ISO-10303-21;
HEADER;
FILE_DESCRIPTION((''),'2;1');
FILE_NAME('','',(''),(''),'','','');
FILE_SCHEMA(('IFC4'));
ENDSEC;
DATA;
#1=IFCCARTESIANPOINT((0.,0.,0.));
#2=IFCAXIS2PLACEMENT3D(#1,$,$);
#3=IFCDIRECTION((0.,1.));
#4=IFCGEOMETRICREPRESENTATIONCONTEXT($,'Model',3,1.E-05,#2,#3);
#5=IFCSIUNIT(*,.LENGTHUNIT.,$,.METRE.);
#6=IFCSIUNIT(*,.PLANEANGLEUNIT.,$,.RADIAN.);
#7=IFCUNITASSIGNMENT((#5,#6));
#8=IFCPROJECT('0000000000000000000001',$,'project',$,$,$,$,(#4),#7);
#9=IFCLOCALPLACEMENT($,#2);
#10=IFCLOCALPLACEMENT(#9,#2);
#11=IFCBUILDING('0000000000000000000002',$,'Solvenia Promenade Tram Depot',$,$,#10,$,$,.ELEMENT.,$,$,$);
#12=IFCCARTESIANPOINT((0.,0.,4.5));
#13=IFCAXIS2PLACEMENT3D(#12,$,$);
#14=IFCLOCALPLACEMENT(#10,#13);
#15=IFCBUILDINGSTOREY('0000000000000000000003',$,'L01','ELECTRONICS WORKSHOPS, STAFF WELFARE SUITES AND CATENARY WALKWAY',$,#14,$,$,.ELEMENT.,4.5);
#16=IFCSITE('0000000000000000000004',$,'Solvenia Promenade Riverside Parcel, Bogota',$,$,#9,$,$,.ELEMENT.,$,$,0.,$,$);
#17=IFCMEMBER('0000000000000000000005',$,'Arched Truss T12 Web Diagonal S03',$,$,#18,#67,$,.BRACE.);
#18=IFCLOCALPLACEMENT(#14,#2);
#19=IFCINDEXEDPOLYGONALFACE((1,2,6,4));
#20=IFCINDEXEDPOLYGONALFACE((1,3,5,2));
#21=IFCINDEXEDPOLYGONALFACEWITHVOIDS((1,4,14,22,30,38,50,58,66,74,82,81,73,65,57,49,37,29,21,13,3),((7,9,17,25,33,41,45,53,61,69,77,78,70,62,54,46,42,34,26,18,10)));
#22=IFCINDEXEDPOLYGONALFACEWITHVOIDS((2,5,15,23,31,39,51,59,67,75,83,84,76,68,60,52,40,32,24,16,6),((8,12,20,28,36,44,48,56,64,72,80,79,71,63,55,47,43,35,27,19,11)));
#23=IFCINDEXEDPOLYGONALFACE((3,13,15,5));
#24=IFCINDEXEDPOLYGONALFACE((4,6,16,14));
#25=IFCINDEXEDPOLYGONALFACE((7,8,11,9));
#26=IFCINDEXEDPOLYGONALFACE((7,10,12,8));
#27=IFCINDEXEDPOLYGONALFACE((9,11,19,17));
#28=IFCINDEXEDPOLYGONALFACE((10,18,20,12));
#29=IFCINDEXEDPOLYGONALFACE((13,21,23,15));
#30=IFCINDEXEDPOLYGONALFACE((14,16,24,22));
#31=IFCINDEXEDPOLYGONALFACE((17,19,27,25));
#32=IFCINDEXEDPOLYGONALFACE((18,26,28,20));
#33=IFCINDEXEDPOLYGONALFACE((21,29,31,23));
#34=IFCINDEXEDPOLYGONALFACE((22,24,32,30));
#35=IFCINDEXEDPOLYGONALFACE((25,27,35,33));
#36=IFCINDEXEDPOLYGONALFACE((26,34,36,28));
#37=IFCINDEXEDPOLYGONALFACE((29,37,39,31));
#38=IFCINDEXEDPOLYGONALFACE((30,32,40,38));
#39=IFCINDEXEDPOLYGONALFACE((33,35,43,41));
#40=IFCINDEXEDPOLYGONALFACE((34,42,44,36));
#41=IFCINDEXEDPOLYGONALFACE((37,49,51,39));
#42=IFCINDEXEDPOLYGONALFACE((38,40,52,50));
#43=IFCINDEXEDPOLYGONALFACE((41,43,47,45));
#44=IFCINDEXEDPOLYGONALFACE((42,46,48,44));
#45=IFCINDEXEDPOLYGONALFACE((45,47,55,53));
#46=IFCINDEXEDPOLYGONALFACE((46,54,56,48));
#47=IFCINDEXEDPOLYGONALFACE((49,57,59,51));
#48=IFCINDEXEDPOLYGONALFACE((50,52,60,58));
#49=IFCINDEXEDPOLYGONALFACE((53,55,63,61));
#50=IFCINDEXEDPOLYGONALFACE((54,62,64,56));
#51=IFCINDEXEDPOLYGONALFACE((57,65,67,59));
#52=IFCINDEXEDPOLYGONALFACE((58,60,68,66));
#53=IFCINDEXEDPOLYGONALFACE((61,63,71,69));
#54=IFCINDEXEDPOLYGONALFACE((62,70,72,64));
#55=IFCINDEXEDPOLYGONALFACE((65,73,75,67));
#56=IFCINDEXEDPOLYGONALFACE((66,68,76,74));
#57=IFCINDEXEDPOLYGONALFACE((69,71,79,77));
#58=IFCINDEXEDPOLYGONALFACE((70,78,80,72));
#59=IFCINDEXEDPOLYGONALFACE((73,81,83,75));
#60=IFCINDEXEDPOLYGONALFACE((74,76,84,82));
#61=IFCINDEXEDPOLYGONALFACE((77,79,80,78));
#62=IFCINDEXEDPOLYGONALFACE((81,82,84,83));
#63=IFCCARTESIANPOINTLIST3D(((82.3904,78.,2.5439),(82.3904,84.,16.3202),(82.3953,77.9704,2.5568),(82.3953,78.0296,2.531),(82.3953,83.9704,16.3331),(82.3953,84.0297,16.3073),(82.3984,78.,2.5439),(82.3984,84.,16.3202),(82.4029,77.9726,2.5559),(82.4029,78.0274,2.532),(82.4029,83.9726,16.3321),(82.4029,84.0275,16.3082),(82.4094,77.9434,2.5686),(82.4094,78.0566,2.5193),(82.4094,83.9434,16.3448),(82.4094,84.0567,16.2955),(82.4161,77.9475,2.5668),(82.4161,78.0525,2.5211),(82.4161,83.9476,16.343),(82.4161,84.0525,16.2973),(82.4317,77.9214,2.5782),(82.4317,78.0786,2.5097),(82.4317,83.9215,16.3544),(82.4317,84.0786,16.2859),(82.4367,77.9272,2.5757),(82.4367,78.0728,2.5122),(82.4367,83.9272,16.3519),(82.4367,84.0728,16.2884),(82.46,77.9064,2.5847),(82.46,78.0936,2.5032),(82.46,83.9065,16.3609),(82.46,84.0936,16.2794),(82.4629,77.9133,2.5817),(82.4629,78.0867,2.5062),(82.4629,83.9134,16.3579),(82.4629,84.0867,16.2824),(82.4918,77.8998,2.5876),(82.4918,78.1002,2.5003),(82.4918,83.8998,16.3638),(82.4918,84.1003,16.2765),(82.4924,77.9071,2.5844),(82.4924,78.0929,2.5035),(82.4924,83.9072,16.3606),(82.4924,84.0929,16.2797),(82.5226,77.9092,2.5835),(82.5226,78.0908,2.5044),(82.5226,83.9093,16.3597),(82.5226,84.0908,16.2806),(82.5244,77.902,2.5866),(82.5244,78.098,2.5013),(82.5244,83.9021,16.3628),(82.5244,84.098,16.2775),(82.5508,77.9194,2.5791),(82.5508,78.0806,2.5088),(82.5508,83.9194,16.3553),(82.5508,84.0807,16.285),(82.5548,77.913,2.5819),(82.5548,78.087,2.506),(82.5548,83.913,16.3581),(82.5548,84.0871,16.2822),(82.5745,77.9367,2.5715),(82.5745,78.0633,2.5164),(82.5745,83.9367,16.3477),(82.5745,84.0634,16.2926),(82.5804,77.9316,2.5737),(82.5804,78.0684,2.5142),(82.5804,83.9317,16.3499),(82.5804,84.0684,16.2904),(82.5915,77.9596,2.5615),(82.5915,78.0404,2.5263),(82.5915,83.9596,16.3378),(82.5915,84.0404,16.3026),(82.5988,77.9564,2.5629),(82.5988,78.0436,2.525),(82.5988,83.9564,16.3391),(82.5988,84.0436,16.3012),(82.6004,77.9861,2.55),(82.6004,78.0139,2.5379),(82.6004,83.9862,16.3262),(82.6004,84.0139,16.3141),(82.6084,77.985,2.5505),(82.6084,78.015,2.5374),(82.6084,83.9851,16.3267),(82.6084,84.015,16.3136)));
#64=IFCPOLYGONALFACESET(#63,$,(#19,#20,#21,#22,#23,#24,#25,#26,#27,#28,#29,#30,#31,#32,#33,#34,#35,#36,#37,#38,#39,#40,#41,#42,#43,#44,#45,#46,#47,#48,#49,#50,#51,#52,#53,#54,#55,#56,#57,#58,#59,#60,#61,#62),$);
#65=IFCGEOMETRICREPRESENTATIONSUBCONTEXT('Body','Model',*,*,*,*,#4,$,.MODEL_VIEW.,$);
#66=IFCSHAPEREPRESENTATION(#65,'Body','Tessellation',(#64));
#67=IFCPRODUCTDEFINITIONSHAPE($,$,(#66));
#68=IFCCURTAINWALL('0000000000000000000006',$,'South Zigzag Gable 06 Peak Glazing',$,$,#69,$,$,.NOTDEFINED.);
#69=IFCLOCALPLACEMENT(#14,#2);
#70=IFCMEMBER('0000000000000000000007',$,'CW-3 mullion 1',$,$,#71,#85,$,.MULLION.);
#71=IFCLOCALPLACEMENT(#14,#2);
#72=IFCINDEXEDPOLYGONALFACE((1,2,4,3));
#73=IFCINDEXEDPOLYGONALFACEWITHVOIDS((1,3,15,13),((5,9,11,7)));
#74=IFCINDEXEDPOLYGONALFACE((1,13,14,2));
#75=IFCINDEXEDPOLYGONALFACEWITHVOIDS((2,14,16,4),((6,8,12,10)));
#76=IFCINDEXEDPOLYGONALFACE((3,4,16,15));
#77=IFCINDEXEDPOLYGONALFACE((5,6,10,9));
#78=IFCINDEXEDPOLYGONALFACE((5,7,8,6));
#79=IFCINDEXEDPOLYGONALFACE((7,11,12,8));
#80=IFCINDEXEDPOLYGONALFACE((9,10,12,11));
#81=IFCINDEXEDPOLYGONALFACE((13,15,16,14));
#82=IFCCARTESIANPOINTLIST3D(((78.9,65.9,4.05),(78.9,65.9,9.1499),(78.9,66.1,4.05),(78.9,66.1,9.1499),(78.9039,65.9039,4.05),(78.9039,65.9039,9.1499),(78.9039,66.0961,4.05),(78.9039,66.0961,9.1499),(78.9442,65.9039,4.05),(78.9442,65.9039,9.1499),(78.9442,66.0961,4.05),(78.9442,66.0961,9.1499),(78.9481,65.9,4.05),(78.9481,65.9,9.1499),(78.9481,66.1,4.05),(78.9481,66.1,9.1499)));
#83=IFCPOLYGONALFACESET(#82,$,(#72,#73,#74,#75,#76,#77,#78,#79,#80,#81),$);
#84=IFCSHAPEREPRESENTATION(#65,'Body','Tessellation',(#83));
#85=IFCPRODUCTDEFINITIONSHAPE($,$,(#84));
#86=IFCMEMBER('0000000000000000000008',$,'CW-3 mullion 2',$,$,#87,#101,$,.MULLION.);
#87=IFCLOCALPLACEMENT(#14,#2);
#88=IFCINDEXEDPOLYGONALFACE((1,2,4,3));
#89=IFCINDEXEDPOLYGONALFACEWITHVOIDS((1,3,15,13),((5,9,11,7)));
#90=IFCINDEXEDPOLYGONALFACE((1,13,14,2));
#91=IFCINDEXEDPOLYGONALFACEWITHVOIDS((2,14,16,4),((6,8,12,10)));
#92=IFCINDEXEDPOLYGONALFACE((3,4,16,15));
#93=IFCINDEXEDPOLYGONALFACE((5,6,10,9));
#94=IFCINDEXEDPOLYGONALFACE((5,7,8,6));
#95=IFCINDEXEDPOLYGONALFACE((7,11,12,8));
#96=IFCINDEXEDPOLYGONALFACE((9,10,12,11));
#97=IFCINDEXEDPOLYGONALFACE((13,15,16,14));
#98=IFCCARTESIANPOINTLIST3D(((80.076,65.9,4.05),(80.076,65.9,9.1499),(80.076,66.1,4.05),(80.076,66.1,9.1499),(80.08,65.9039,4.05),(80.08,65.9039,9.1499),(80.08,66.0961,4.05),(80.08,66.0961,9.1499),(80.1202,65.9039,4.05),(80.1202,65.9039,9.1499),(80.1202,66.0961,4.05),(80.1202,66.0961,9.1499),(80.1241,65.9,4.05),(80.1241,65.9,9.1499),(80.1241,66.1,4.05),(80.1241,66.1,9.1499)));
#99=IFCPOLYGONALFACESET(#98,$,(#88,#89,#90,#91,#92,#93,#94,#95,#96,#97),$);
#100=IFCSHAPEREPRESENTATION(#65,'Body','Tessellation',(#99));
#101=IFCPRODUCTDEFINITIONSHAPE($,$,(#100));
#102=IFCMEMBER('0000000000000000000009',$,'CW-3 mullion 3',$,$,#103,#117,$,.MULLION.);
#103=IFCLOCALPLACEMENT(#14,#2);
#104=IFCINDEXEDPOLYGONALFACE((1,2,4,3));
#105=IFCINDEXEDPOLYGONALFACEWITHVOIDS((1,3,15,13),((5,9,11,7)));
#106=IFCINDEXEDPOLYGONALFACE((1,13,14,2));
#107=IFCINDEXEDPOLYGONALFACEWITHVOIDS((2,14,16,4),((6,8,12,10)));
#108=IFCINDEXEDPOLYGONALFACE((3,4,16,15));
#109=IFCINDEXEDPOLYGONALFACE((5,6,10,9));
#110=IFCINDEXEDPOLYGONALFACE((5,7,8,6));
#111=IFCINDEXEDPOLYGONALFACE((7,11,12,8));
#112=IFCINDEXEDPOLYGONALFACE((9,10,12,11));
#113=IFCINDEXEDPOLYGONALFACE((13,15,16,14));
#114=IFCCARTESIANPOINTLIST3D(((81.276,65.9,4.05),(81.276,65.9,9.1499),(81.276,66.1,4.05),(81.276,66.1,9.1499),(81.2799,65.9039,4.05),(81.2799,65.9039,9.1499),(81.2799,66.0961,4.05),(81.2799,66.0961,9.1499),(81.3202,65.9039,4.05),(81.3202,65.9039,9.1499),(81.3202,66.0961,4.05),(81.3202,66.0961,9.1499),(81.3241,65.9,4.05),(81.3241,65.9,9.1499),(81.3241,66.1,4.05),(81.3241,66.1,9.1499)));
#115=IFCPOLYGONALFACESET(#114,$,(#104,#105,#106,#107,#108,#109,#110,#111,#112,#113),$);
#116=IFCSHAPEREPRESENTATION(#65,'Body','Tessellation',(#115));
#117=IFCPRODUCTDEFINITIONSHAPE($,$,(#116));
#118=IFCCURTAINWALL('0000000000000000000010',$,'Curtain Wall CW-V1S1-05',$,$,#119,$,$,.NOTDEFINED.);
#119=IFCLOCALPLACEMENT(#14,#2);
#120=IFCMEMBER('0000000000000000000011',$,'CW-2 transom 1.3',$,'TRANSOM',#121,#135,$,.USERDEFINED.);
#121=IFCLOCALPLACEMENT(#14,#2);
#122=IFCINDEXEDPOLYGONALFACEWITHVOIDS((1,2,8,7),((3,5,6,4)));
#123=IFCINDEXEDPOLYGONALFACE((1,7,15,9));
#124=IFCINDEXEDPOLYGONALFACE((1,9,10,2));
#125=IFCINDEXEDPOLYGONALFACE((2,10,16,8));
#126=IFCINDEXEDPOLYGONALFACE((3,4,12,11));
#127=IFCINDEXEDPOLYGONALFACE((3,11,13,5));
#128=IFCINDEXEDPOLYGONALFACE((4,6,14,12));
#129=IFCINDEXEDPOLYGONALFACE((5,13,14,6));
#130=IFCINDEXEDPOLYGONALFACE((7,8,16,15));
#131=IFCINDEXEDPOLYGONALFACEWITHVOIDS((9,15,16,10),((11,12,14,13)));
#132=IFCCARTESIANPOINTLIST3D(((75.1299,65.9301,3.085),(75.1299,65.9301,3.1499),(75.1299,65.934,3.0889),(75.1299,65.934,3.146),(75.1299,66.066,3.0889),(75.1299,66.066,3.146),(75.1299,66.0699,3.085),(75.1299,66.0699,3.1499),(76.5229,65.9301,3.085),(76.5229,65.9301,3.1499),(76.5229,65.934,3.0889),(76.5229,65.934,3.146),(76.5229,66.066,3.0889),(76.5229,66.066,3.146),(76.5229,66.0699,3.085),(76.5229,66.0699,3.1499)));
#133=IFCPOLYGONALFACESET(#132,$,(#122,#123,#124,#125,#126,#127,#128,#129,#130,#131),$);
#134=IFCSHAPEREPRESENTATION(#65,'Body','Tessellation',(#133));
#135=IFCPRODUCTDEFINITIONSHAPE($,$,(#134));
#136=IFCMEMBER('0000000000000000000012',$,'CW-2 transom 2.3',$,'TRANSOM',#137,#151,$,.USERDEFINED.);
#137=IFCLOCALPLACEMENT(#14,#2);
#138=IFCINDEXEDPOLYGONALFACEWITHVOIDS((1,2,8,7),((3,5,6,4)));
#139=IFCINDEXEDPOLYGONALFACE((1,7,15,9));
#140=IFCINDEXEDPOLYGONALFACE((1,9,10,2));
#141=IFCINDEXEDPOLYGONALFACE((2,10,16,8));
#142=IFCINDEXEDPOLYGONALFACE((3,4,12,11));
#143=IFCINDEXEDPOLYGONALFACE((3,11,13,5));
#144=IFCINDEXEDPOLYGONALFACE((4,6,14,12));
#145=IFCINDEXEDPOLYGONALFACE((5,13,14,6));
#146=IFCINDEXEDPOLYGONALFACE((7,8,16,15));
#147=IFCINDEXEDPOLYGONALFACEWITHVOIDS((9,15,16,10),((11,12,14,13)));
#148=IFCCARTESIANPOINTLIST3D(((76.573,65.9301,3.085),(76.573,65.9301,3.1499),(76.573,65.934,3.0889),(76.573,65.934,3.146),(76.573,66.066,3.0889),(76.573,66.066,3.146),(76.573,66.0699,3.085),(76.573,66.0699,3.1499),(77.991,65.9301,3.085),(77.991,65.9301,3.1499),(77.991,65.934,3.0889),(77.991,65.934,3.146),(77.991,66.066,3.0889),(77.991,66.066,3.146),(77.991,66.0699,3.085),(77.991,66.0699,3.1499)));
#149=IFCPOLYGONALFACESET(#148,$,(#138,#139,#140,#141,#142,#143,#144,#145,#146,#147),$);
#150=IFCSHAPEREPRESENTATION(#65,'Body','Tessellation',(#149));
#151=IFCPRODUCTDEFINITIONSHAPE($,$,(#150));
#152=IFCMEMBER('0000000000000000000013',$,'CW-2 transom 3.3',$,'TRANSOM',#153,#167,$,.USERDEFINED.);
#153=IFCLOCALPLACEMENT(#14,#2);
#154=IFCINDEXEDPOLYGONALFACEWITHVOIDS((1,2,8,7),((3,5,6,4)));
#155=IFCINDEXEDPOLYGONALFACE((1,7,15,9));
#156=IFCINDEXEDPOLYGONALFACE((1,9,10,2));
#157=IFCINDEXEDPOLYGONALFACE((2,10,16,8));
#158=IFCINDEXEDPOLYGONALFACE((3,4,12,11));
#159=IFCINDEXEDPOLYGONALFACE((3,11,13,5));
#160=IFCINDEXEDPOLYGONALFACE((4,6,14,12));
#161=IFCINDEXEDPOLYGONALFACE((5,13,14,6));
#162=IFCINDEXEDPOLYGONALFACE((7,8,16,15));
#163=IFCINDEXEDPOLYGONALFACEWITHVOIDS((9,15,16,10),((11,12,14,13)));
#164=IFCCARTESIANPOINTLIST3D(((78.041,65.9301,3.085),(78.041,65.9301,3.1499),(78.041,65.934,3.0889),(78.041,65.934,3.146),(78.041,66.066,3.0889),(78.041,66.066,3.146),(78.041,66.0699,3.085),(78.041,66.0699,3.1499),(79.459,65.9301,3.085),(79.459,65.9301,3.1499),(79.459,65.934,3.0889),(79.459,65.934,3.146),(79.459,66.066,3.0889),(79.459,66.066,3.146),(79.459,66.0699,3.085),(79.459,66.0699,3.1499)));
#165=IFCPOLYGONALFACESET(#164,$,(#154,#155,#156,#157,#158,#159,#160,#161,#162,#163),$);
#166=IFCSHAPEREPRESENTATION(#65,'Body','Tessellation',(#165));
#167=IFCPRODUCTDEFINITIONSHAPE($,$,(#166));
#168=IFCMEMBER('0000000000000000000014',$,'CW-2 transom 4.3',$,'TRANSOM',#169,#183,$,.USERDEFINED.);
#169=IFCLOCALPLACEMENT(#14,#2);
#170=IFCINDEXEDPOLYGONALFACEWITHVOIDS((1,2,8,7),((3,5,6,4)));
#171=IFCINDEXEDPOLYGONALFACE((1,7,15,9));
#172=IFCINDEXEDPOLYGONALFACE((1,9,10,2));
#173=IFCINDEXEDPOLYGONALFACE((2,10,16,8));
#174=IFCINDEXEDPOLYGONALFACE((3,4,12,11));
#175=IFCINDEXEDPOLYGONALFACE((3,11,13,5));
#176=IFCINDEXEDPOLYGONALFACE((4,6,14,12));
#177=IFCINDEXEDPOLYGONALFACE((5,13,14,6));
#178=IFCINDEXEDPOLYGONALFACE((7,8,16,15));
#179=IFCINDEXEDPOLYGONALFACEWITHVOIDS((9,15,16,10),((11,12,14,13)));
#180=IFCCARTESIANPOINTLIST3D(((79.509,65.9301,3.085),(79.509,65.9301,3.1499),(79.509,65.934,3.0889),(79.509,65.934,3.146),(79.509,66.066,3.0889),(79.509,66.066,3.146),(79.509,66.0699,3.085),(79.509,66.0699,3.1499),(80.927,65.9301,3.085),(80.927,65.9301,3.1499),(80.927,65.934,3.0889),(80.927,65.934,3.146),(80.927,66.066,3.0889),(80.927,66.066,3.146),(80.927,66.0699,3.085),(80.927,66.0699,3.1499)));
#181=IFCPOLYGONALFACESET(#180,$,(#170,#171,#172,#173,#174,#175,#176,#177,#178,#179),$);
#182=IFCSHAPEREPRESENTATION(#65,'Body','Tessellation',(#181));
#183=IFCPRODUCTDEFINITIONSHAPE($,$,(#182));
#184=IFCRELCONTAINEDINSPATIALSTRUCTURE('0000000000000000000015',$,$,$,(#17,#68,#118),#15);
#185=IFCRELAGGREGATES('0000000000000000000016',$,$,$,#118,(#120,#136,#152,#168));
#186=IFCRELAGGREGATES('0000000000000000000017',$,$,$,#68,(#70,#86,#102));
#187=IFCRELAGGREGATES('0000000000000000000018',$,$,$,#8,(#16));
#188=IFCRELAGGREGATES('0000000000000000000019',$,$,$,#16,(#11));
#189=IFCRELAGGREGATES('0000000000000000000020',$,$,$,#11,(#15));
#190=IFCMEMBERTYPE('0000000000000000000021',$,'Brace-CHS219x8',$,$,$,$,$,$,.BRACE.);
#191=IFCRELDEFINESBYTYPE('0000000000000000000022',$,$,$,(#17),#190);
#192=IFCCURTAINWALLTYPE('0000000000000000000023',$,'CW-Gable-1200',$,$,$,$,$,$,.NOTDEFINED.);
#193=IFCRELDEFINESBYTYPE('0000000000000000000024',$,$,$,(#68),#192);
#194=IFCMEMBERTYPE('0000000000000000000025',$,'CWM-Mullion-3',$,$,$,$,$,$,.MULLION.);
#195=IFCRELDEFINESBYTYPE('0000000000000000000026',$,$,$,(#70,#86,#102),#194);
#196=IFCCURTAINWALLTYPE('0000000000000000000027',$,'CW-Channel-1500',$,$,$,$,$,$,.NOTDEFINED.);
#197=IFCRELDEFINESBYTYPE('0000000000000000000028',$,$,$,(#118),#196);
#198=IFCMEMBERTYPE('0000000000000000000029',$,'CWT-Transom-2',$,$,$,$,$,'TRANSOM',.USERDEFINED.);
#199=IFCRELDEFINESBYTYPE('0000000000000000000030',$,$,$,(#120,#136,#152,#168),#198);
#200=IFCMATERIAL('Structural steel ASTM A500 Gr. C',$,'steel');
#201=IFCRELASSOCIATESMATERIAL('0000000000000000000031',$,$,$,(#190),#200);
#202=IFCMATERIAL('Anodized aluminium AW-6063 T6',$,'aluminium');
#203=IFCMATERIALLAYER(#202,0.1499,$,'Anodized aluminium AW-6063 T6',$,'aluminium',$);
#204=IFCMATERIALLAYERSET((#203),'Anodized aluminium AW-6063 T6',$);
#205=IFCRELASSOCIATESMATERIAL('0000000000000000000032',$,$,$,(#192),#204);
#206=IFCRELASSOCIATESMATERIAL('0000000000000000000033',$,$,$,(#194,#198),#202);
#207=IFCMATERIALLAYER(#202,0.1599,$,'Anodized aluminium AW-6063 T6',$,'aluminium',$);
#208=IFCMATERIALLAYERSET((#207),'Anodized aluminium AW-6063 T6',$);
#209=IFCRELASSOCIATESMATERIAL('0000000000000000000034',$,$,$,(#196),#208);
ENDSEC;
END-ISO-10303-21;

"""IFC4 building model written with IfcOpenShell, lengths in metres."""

from ifc_helpers import new_model, si_unit, direction, frame, origin, origin_2d, place, context, subcontext, project, spatial, hollow_rectangle, hollow_circle, extrude, material, layer, layer_set, material_profile, profile_set, type_object, element, aggregate, save


model = new_model("IFC4")

# Units and contexts
model_context = context("Model", 3, precision=1e-05, world=origin(), true_north=direction((0.0, 1.0)))
body_context = subcontext(model_context, "Body", "Model", "MODEL_VIEW")
ifc_project = project(units=[si_unit("LENGTHUNIT", "METRE"), si_unit("PLANEANGLEUNIT", "RADIAN")], contexts=[model_context])

# Site, building, storey
site_placement = place(None, origin())
site = spatial("IfcSite", under=ifc_project, at=site_placement, Name="Solvenia Promenade Riverside Parcel, Bogota", CompositionType="ELEMENT", RefElevation=0.0)
building_placement = place(site_placement, origin())
building = spatial("IfcBuilding", under=site, at=building_placement, Name="Solvenia Promenade Tram Depot", CompositionType="ELEMENT")
storey_placement = place(building_placement, frame((0.0, 0.0, 4.5)))
storey = spatial("IfcBuildingStorey", under=building, at=storey_placement, Name="L01", Description="ELECTRONICS WORKSHOPS, STAFF WELFARE SUITES AND CATENARY WALKWAY", CompositionType="ELEMENT", Elevation=4.5)

# Member
ifc_material_1 = material(Name="Structural steel ASTM A500 Gr. C", Category="steel")
ifc_material_profile_1 = material_profile(ifc_material_1, hollow_circle(Radius=0.1096, WallThickness=0.0081, at=origin_2d()), Name="CHS219.1x8", Category="steel")
ifc_profile_set_1 = profile_set([ifc_material_profile_1], Name="Structural steel ASTM A500 Gr. C")
member_type_1 = type_object("IfcMemberType", Name="Brace-CHS219x8", PredefinedType="BRACE", material=ifc_profile_set_1)
member_1_placement = place(storey_placement, frame((82.5, 78.0, 2.5439), z_axis=(0.0, 0.399307, 0.916817), x_axis=(-1.0, 0.0, 0.0)))
element("IfcMember", 1, at=member_1_placement, inside=storey, type_object=member_type_1, Name="Arched Truss T12 Web Diagonal S03", PredefinedType="BRACE", context=body_context, shape_type="SweptSolid", body=[
    extrude(hollow_circle(Radius=0.1096, WallThickness=0.0081, at=origin_2d()), origin(), (0.0, 0.0, 1.0), 15.0261),
])

# Curtain walls, members
ifc_material_2 = material(Name="Anodized aluminium AW-6063 T6", Category="aluminium")
ifc_layer_1 = layer(ifc_material_2, 0.1499, Name="Anodized aluminium AW-6063 T6", Category="aluminium")
ifc_layer_set_1 = layer_set([ifc_layer_1], Name="Anodized aluminium AW-6063 T6")
curtain_wall_type_1 = type_object("IfcCurtainWallType", Name="CW-Gable-1200", PredefinedType="NOTDEFINED", material=ifc_layer_set_1)
curtain_wall_1_placement = place(storey_placement, origin())
curtain_wall_1 = element("IfcCurtainWall", 2, at=curtain_wall_1_placement, inside=storey, type_object=curtain_wall_type_1, Name="South Zigzag Gable 06 Peak Glazing", PredefinedType="NOTDEFINED")
ifc_material_profile_2 = material_profile(ifc_material_2, hollow_rectangle(XDim=0.2, YDim=0.0481, WallThickness=0.0039, at=origin_2d()), Name="ALU-M3", Category="aluminium")
ifc_profile_set_2 = profile_set([ifc_material_profile_2], Name="Anodized aluminium AW-6063 T6")
member_type_2 = type_object("IfcMemberType", Name="CWM-Mullion-3", PredefinedType="MULLION", material=ifc_profile_set_2)
member_2_placement = place(storey_placement, frame((78.9241, 66.0, 4.05), z_axis=(0.0, 0.0, 1.0), x_axis=(0.0, 1.0, 0.0)))
member_2 = element("IfcMember", 3, at=member_2_placement, type_object=member_type_2, Name="CW-3 mullion 1", PredefinedType="MULLION", context=body_context, shape_type="SweptSolid", body=[
    extrude(hollow_rectangle(XDim=0.2, YDim=0.0481, WallThickness=0.0039, at=origin_2d()), origin(), (0.0, 0.0, 1.0), 5.0999),
])
member_3_placement = place(storey_placement, frame((80.1001, 66.0, 4.05), z_axis=(0.0, 0.0, 1.0), x_axis=(0.0, 1.0, 0.0)))
member_3 = element("IfcMember", 4, at=member_3_placement, type_object=member_type_2, Name="CW-3 mullion 2", PredefinedType="MULLION", context=body_context, shape_type="SweptSolid", body=[
    extrude(hollow_rectangle(XDim=0.2, YDim=0.0481, WallThickness=0.0039, at=origin_2d()), origin(), (0.0, 0.0, 1.0), 5.0999),
])
member_4_placement = place(storey_placement, frame((81.3, 66.0, 4.05), z_axis=(0.0, 0.0, 1.0), x_axis=(0.0, 1.0, 0.0)))
member_4 = element("IfcMember", 5, at=member_4_placement, type_object=member_type_2, Name="CW-3 mullion 3", PredefinedType="MULLION", context=body_context, shape_type="SweptSolid", body=[
    extrude(hollow_rectangle(XDim=0.2, YDim=0.0481, WallThickness=0.0039, at=origin_2d()), origin(), (0.0, 0.0, 1.0), 5.0999),
])
ifc_layer_2 = layer(ifc_material_2, 0.1599, Name="Anodized aluminium AW-6063 T6", Category="aluminium")
ifc_layer_set_2 = layer_set([ifc_layer_2], Name="Anodized aluminium AW-6063 T6")
curtain_wall_type_2 = type_object("IfcCurtainWallType", Name="CW-Channel-1500", PredefinedType="NOTDEFINED", material=ifc_layer_set_2)
curtain_wall_2_placement = place(storey_placement, origin())
curtain_wall_2 = element("IfcCurtainWall", 6, at=curtain_wall_2_placement, inside=storey, type_object=curtain_wall_type_2, Name="Curtain Wall CW-V1S1-05", PredefinedType="NOTDEFINED")
ifc_material_profile_3 = material_profile(ifc_material_2, hollow_rectangle(XDim=0.1399, YDim=0.0649, WallThickness=0.0039, at=origin_2d()), Name="ALU-T2", Category="aluminium")
ifc_profile_set_3 = profile_set([ifc_material_profile_3], Name="Anodized aluminium AW-6063 T6")
member_type_3 = type_object("IfcMemberType", Name="CWT-Transom-2", ElementType="TRANSOM", PredefinedType="USERDEFINED", material=ifc_profile_set_3)
member_5_placement = place(storey_placement, frame((75.1299, 66.0, 3.1174), z_axis=(1.0, 0.0, 0.0), x_axis=(0.0, 1.0, 0.0)))
member_5 = element("IfcMember", 7, at=member_5_placement, type_object=member_type_3, Name="CW-2 transom 1.3", ObjectType="TRANSOM", PredefinedType="USERDEFINED", context=body_context, shape_type="SweptSolid", body=[
    extrude(hollow_rectangle(XDim=0.1399, YDim=0.0649, WallThickness=0.0039, at=origin_2d()), origin(), (0.0, 0.0, 1.0), 1.3931),
])
member_6_placement = place(storey_placement, frame((76.573, 66.0, 3.1174), z_axis=(1.0, 0.0, 0.0), x_axis=(0.0, 1.0, 0.0)))
member_6 = element("IfcMember", 8, at=member_6_placement, type_object=member_type_3, Name="CW-2 transom 2.3", ObjectType="TRANSOM", PredefinedType="USERDEFINED", context=body_context, shape_type="SweptSolid", body=[
    extrude(hollow_rectangle(XDim=0.1399, YDim=0.0649, WallThickness=0.0039, at=origin_2d()), origin(), (0.0, 0.0, 1.0), 1.418),
])
member_7_placement = place(storey_placement, frame((78.041, 66.0, 3.1174), z_axis=(1.0, 0.0, 0.0), x_axis=(0.0, 1.0, 0.0)))
member_7 = element("IfcMember", 9, at=member_7_placement, type_object=member_type_3, Name="CW-2 transom 3.3", ObjectType="TRANSOM", PredefinedType="USERDEFINED", context=body_context, shape_type="SweptSolid", body=[
    extrude(hollow_rectangle(XDim=0.1399, YDim=0.0649, WallThickness=0.0039, at=origin_2d()), origin(), (0.0, 0.0, 1.0), 1.418),
])
member_8_placement = place(storey_placement, frame((79.509, 66.0, 3.1174), z_axis=(1.0, 0.0, 0.0), x_axis=(0.0, 1.0, 0.0)))
member_8 = element("IfcMember", 10, at=member_8_placement, type_object=member_type_3, Name="CW-2 transom 4.3", ObjectType="TRANSOM", PredefinedType="USERDEFINED", context=body_context, shape_type="SweptSolid", body=[
    extrude(hollow_rectangle(XDim=0.1399, YDim=0.0649, WallThickness=0.0039, at=origin_2d()), origin(), (0.0, 0.0, 1.0), 1.418),
])
aggregate(curtain_wall_2, [member_5, member_6, member_7, member_8])

aggregate(curtain_wall_1, [member_2, member_3, member_4])

save(model, "model.ifc")
